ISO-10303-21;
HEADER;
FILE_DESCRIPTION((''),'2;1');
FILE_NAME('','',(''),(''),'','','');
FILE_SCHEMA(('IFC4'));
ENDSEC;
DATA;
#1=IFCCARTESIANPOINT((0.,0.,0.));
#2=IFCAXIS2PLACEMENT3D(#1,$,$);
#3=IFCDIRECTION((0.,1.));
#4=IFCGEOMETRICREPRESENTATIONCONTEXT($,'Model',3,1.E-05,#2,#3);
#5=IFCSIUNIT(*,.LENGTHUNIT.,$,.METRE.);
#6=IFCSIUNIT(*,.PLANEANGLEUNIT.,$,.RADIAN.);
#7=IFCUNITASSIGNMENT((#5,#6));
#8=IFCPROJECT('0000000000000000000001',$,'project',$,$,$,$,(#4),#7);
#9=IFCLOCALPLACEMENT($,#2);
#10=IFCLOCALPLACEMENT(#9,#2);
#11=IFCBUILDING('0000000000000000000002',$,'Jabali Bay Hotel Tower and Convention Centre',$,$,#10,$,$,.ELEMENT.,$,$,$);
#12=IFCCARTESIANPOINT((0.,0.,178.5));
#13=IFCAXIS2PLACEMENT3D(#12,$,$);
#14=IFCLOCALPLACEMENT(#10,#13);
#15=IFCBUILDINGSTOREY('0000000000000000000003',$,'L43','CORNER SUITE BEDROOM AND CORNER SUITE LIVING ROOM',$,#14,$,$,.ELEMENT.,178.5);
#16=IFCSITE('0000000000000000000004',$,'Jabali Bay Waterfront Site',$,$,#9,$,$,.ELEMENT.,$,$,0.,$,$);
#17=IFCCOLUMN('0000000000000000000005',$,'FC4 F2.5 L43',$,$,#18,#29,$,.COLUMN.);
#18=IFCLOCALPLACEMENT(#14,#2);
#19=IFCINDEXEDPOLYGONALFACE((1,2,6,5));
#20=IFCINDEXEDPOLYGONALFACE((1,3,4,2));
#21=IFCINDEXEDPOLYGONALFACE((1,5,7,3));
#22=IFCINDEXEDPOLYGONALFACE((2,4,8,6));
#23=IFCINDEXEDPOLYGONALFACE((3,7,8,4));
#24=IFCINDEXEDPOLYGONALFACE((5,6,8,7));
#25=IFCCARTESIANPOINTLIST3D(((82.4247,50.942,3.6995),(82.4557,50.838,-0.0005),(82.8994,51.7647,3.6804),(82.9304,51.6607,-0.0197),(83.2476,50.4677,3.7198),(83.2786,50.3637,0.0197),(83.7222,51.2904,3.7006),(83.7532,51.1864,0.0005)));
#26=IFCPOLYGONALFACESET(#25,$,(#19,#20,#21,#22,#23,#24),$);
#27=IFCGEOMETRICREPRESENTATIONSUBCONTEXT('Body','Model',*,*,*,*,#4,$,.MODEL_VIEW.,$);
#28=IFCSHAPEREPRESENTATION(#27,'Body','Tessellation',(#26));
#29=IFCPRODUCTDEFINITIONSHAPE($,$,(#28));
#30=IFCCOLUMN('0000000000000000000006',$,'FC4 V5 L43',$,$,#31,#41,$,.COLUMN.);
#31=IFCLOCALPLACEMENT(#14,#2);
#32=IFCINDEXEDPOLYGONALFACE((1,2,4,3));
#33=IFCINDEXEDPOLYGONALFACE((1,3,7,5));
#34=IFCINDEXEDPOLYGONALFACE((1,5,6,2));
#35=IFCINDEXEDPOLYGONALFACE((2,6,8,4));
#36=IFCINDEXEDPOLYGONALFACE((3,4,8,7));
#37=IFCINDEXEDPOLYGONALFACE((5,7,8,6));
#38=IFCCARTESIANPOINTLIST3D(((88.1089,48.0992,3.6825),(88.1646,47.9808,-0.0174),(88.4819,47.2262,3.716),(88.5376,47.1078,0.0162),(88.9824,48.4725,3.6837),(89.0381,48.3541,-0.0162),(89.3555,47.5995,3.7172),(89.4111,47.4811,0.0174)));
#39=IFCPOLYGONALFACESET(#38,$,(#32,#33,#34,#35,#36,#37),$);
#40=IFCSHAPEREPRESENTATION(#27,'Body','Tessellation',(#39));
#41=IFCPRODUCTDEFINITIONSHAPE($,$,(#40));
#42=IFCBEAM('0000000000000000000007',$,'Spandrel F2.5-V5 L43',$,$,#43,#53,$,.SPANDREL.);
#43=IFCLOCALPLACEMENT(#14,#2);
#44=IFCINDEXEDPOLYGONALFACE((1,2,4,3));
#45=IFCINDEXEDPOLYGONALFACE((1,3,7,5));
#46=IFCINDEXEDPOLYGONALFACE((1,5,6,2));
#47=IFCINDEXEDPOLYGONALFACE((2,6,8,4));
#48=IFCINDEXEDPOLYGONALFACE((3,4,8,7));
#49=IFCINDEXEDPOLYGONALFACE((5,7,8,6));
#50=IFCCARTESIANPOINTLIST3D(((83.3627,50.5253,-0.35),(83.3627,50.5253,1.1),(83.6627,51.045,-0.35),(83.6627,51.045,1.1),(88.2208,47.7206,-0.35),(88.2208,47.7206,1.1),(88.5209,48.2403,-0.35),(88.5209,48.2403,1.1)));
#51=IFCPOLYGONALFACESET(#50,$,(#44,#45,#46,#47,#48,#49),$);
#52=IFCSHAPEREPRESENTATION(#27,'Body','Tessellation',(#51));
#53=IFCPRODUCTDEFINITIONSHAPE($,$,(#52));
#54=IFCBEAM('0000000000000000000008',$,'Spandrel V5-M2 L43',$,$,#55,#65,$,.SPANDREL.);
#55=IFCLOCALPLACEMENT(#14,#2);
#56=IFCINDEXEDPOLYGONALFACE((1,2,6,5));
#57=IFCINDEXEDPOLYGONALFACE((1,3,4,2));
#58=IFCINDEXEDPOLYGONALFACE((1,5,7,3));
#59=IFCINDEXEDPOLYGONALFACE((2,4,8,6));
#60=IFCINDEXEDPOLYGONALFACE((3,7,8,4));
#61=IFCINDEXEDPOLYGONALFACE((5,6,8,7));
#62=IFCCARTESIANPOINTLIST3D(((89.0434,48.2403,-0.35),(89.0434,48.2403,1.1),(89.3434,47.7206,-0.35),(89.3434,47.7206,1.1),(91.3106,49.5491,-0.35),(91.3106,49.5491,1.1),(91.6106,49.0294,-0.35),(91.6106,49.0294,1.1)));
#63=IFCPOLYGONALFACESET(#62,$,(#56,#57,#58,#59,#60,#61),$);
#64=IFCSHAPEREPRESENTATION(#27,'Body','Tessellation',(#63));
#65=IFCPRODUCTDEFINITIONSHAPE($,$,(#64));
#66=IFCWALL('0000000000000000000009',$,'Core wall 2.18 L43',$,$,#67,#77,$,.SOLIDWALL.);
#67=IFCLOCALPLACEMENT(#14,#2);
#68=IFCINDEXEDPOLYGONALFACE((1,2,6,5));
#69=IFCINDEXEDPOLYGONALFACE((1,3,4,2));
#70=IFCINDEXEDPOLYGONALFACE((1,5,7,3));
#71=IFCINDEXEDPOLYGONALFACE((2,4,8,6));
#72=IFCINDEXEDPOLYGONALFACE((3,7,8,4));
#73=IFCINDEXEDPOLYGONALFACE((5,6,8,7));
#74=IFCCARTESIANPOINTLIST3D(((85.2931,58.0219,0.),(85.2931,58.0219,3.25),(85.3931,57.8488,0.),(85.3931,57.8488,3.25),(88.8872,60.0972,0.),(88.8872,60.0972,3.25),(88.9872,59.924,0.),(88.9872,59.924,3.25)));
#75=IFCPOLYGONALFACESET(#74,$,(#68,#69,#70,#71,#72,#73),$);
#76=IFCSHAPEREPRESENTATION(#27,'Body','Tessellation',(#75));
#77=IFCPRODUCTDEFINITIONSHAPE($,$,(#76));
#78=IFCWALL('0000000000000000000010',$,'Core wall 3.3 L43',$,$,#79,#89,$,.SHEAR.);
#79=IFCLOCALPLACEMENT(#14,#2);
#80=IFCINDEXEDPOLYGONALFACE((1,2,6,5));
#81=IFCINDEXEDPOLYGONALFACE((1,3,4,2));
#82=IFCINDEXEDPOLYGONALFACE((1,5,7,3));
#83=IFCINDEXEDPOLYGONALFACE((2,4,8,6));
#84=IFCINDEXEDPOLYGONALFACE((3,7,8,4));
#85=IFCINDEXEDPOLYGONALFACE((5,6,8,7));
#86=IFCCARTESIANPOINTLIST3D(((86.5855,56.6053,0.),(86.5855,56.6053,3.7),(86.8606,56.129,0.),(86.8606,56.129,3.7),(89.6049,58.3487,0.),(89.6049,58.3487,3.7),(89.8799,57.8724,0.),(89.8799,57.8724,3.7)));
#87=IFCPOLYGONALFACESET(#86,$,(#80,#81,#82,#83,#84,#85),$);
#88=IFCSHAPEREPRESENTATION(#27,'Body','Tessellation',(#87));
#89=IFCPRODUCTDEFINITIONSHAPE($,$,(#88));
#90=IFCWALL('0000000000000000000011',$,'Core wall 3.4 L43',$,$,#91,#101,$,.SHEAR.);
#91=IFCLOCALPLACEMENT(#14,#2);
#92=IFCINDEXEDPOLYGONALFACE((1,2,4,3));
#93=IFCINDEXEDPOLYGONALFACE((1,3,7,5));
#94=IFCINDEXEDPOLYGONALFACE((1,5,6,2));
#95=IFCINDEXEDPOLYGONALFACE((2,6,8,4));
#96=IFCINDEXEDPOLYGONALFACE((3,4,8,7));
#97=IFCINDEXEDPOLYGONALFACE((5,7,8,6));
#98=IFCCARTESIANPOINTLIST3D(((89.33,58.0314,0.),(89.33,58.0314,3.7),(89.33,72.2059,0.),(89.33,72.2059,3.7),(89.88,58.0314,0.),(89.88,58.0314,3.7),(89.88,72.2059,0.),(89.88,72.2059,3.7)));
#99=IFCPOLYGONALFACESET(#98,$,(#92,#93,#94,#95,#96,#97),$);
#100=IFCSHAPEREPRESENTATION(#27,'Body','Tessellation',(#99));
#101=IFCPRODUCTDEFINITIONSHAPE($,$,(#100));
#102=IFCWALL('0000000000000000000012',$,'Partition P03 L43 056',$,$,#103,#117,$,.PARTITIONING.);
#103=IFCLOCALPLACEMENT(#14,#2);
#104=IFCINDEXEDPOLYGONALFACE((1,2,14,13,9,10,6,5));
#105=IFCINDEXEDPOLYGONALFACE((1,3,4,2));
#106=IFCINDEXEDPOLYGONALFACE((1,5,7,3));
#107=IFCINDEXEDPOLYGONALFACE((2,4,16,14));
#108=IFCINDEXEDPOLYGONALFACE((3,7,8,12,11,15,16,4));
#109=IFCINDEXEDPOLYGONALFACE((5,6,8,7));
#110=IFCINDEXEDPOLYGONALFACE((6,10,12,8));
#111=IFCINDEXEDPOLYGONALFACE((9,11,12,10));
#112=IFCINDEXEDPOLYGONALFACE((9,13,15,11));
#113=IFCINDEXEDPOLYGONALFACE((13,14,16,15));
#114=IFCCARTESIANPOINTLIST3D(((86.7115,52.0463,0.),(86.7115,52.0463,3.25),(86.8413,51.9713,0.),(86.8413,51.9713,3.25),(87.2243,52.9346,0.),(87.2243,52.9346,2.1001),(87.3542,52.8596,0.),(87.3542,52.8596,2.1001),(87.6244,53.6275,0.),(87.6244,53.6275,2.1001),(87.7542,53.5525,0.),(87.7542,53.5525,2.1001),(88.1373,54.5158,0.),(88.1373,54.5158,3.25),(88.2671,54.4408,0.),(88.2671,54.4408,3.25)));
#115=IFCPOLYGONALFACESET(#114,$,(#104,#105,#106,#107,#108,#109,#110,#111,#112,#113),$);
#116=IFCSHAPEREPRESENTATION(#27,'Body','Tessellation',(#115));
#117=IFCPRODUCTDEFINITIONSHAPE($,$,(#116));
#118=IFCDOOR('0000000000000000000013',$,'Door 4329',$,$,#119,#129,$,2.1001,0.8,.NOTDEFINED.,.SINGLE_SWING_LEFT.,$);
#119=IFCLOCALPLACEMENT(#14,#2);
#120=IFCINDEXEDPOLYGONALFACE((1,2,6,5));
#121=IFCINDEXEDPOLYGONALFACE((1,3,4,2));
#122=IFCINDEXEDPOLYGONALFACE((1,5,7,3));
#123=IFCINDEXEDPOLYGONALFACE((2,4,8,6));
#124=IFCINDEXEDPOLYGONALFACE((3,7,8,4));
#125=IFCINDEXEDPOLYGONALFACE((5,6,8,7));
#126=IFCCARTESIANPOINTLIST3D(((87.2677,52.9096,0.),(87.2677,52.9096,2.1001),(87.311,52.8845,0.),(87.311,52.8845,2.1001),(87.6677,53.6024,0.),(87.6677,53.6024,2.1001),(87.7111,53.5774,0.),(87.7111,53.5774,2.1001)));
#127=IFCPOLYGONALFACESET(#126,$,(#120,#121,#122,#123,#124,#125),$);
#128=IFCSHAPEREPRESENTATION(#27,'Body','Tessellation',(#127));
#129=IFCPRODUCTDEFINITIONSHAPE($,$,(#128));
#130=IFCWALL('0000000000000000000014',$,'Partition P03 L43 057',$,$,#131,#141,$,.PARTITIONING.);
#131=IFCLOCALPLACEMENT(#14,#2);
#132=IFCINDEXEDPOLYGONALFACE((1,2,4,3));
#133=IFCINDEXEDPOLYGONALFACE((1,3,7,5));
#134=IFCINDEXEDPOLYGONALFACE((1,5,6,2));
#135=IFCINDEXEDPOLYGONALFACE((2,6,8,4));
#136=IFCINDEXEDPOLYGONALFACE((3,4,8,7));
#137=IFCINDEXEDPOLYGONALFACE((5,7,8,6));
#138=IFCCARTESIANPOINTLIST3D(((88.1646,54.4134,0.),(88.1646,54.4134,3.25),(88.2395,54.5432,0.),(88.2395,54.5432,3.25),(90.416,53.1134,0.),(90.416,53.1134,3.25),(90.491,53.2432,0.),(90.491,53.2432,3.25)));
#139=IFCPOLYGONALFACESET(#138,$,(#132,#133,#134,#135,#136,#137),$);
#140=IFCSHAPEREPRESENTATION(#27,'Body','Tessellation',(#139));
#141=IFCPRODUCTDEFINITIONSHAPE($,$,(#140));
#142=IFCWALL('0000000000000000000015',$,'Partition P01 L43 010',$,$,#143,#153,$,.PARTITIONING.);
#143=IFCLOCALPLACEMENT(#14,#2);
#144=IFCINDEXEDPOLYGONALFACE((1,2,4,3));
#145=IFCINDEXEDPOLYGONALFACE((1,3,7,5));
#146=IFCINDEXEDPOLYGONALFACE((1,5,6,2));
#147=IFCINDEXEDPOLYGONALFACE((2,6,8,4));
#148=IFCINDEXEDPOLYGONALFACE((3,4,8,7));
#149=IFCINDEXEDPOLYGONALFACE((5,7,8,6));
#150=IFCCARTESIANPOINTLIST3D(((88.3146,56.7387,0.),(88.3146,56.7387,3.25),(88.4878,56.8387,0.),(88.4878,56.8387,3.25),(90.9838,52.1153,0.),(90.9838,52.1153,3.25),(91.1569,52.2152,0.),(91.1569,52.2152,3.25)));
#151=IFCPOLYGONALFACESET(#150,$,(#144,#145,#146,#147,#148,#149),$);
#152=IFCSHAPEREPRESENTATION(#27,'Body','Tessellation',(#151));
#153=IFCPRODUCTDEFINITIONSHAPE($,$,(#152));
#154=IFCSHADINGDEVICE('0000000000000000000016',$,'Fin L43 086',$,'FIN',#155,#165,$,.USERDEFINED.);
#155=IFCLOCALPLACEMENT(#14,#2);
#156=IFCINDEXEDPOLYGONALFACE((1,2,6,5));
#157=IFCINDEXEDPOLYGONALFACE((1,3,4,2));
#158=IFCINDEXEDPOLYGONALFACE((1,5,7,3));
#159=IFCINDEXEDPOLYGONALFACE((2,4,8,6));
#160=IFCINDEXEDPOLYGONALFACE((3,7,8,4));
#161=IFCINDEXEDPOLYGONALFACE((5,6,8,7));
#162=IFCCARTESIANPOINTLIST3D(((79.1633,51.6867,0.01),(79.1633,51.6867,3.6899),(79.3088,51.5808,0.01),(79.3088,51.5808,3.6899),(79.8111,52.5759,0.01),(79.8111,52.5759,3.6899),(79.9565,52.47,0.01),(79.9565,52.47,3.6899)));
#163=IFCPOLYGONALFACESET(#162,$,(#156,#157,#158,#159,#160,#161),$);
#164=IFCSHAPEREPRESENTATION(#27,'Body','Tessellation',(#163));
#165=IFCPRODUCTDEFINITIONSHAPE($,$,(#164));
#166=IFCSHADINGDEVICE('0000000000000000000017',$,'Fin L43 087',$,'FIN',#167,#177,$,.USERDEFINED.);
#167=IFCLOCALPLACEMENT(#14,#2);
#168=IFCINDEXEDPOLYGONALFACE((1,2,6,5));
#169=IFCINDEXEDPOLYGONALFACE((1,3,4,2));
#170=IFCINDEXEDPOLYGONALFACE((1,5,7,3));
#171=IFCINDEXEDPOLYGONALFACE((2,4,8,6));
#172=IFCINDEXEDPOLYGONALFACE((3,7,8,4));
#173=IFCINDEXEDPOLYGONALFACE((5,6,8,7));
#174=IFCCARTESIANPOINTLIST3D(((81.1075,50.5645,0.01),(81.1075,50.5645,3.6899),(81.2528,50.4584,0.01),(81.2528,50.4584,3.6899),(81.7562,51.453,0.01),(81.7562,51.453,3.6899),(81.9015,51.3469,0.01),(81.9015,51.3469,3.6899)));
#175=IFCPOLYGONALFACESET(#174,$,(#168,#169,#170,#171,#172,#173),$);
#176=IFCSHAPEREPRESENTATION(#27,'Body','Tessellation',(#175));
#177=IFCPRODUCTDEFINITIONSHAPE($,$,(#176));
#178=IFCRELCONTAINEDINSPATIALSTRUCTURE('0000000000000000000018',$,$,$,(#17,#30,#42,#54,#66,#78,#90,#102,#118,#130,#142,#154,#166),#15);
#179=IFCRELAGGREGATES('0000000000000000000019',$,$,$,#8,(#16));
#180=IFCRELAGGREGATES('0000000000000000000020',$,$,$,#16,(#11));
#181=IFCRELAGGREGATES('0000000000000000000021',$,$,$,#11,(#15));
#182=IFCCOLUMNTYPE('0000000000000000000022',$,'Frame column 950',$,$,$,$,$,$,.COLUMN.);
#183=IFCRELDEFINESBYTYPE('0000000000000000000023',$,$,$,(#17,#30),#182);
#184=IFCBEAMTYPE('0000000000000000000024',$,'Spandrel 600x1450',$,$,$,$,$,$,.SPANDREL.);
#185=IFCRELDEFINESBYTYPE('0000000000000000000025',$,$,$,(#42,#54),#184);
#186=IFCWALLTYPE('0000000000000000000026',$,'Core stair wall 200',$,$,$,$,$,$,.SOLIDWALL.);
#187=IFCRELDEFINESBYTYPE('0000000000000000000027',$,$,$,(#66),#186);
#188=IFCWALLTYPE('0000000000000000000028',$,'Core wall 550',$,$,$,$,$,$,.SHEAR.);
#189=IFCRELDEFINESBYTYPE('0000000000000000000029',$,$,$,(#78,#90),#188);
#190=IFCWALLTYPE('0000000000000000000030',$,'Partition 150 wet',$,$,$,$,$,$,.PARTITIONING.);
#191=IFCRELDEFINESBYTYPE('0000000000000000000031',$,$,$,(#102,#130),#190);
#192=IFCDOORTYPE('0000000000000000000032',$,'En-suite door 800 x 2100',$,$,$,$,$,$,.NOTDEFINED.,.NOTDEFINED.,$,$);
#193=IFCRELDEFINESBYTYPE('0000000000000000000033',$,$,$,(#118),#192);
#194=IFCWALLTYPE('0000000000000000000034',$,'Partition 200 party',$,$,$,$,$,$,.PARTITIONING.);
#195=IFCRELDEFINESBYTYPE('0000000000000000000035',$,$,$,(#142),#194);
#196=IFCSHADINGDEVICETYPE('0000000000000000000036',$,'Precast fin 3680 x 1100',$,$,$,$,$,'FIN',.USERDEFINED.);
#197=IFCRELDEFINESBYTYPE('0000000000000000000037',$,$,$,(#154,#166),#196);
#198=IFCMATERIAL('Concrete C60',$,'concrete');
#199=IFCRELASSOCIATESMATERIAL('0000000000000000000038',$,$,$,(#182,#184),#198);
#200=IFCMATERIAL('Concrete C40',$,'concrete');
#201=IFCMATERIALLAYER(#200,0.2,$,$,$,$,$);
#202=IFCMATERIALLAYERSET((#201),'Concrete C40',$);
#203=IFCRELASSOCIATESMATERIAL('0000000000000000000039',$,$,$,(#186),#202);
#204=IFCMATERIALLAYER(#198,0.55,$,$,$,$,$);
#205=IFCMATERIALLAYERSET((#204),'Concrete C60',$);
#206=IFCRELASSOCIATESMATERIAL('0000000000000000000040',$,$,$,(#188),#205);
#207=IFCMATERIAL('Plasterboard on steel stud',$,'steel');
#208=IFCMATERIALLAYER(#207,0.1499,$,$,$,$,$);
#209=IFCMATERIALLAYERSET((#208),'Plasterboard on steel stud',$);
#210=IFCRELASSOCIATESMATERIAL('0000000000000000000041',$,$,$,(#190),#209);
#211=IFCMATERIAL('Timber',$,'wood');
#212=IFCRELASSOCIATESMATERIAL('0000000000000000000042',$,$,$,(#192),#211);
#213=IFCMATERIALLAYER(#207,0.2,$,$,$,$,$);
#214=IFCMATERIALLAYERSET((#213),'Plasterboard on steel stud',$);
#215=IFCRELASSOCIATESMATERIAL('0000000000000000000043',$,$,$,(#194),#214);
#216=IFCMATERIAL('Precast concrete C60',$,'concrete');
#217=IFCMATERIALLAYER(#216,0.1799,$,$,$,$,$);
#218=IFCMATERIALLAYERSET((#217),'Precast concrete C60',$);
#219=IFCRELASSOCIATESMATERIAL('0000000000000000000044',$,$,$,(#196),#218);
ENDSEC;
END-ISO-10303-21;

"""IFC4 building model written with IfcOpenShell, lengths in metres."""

from ifc_helpers import new_model, si_unit, direction, frame, frame_2d, origin, origin_2d, place, context, subcontext, project, spatial, rectangle, extrude, material, layer, layer_set, material_profile, profile_set, type_object, element, fill, save


model = new_model("IFC4")

# Units and contexts
model_context = context("Model", 3, precision=1e-05, world=origin(), true_north=direction((0.0, 1.0)))
body_context = subcontext(model_context, "Body", "Model", "MODEL_VIEW")
ifc_project = project(units=[si_unit("LENGTHUNIT", "METRE"), si_unit("PLANEANGLEUNIT", "RADIAN")], contexts=[model_context])

# Site, building, storey
site_placement = place(None, origin())
site = spatial("IfcSite", under=ifc_project, at=site_placement, Name="Jabali Bay Waterfront Site", CompositionType="ELEMENT", RefElevation=0.0)
building_placement = place(site_placement, origin())
building = spatial("IfcBuilding", under=site, at=building_placement, Name="Jabali Bay Hotel Tower and Convention Centre", CompositionType="ELEMENT")
storey_placement = place(building_placement, frame((0.0, 0.0, 178.5)))
storey = spatial("IfcBuildingStorey", under=building, at=storey_placement, Name="L43", Description="CORNER SUITE BEDROOM AND CORNER SUITE LIVING ROOM", CompositionType="ELEMENT", Elevation=178.5)

# Columns
ifc_material_1 = material(Name="Concrete C60", Category="concrete")
ifc_material_profile_1 = material_profile(ifc_material_1, rectangle(XDim=0.95, YDim=0.95, at=origin_2d()), Name="Frame column 950")
ifc_profile_set_1 = profile_set([ifc_material_profile_1], Name="Concrete C60")
column_type = type_object("IfcColumnType", Name="Frame column 950", PredefinedType="COLUMN", material=ifc_profile_set_1)
column_1_placement = place(storey_placement, frame((83.1045, 51.0122, 0.0), z_axis=(-0.008376, 0.028097, 0.99957), x_axis=(-0.499676, -0.865978, 0.020155)))
element("IfcColumn", 1, at=column_1_placement, inside=storey, type_object=column_type, Name="FC4 F2.5 L43", PredefinedType="COLUMN", context=body_context, shape_type="SweptSolid", body=[
    extrude(rectangle(XDim=0.95, YDim=0.95, at=origin_2d()), origin(), (0.0, 0.0, 1.0), 3.7017),
])
column_2_placement = place(storey_placement, frame((88.7878, 47.731, 0.0), z_axis=(-0.015035, 0.031983, 0.999375), x_axis=(0.392709, -0.918984, 0.035318)))
element("IfcColumn", 2, at=column_2_placement, inside=storey, type_object=column_type, Name="FC4 V5 L43", PredefinedType="COLUMN", context=body_context, shape_type="SweptSolid", body=[
    extrude(rectangle(XDim=0.95, YDim=0.95, at=origin_2d()), origin(), (0.0, 0.0, 1.0), 3.7021),
])

# Beams
ifc_material_profile_2 = material_profile(ifc_material_1, rectangle(XDim=0.6001, YDim=1.45, at=origin_2d()), Name="Spandrel 600x1450")
ifc_profile_set_2 = profile_set([ifc_material_profile_2], Name="Concrete C60")
beam_type = type_object("IfcBeamType", Name="Spandrel 600x1450", PredefinedType="SPANDREL", material=ifc_profile_set_2)
beam_1_placement = place(storey_placement, frame((83.5127, 50.7852, 0.375), z_axis=(0.866038, -0.499977, 0.0), x_axis=(0.499977, 0.866038, 0.0)))
element("IfcBeam", 3, at=beam_1_placement, inside=storey, type_object=beam_type, Name="Spandrel F2.5-V5 L43", PredefinedType="SPANDREL", context=body_context, shape_type="SweptSolid", body=[
    extrude(rectangle(XDim=0.6001, YDim=1.45, at=origin_2d()), origin(), (0.0, 0.0, 1.0), 5.6096),
])
beam_2_placement = place(storey_placement, frame((89.1934, 47.9805, 0.375), z_axis=(0.86606, 0.49994, 0.0), x_axis=(-0.49994, 0.86606, 0.0)))
element("IfcBeam", 4, at=beam_2_placement, inside=storey, type_object=beam_type, Name="Spandrel V5-M2 L43", PredefinedType="SPANDREL", context=body_context, shape_type="SweptSolid", body=[
    extrude(rectangle(XDim=0.6001, YDim=1.45, at=origin_2d()), origin(), (0.0, 0.0, 1.0), 2.6179),
])

# Walls
ifc_material_2 = material(Name="Concrete C40", Category="concrete")
ifc_layer_1 = layer(ifc_material_2, 0.2)
ifc_layer_set_1 = layer_set([ifc_layer_1], Name="Concrete C40")
wall_type_1 = type_object("IfcWallType", Name="Core stair wall 200", PredefinedType="SOLIDWALL", material=ifc_layer_set_1)
wall_1_placement = place(storey_placement, frame((85.343, 57.9353, 0.0), z_axis=(0.0, 0.0, 1.0), x_axis=(0.866004, 0.500036, 0.0)))
element("IfcWall", 5, at=wall_1_placement, inside=storey, type_object=wall_type_1, Name="Core wall 2.18 L43", PredefinedType="SOLIDWALL", context=body_context, shape_type="SweptSolid", body=[
    extrude(rectangle(XDim=4.1501, YDim=0.2, at=frame_2d((2.0752, 0.0))), origin(), (0.0, 0.0, 1.0), 3.25),
])
ifc_layer_2 = layer(ifc_material_1, 0.55)
ifc_layer_set_2 = layer_set([ifc_layer_2], Name="Concrete C60")
wall_type_2 = type_object("IfcWallType", Name="Core wall 550", PredefinedType="SHEAR", material=ifc_layer_set_2)
wall_2_placement = place(storey_placement, frame((86.7231, 56.3672, 0.0), z_axis=(0.0, 0.0, 1.0), x_axis=(0.865998, 0.500048, 0.0)))
element("IfcWall", 6, at=wall_2_placement, inside=storey, type_object=wall_type_2, Name="Core wall 3.3 L43", PredefinedType="SHEAR", context=body_context, shape_type="SweptSolid", body=[
    extrude(rectangle(XDim=3.4866, YDim=0.55, at=frame_2d((1.7432, 0.0))), origin(), (0.0, 0.0, 1.0), 3.7),
])
wall_3_placement = place(storey_placement, frame((89.605, 58.0312, 0.0), z_axis=(0.0, 0.0, 1.0), x_axis=(0.0, 1.0, 0.0)))
element("IfcWall", 7, at=wall_3_placement, inside=storey, type_object=wall_type_2, Name="Core wall 3.4 L43", PredefinedType="SHEAR", context=body_context, shape_type="SweptSolid", body=[
    extrude(rectangle(XDim=14.1746, YDim=0.55, at=frame_2d((7.0874, 0.0))), origin(), (0.0, 0.0, 1.0), 3.7),
])

# Wall, opening, door
ifc_material_3 = material(Name="Plasterboard on steel stud", Category="steel")
ifc_layer_3 = layer(ifc_material_3, 0.1499)
ifc_layer_set_3 = layer_set([ifc_layer_3], Name="Plasterboard on steel stud")
wall_type_3 = type_object("IfcWallType", Name="Partition 150 wet", PredefinedType="PARTITIONING", material=ifc_layer_set_3)
wall_4_placement = place(storey_placement, frame((86.7764, 52.0088, 0.0), z_axis=(0.0, 0.0, 1.0), x_axis=(0.500007, 0.866022, 0.0)))
wall_4 = element("IfcWall", 8, at=wall_4_placement, inside=storey, type_object=wall_type_3, Name="Partition P03 L43 056", PredefinedType="PARTITIONING", context=body_context, shape_type="SweptSolid", body=[
    extrude(rectangle(XDim=2.8516, YDim=0.1499, at=frame_2d((1.4258, 0.0))), origin(), (0.0, 0.0, 1.0), 3.25),
])
opening_1_placement = place(wall_4_placement, frame((1.0259, 0.0, 0.0)))
opening_1 = element("IfcOpeningElement", 9, at=opening_1_placement, cuts=wall_4, PredefinedType="OPENING", context=body_context, shape_type="SweptSolid", body=[
    extrude(rectangle(XDim=0.8, YDim=2.1001, at=frame_2d((0.3999, 1.05))), frame((0.0, 0.0854, 0.0), z_axis=(0.0, -1.0, 0.0), x_axis=(1.0, 0.0, 0.0)), (0.0, 0.0, 1.0), 0.1709),
])
ifc_material_4 = material(Name="Timber", Category="wood")
door_type_1 = type_object("IfcDoorType", Name="En-suite door 800 x 2100", OperationType="NOTDEFINED", PredefinedType="NOTDEFINED", material=ifc_material_4)
door_1_placement = place(opening_1_placement, origin())
door_1 = element("IfcDoor", 10, at=door_1_placement, inside=storey, type_object=door_type_1, Name="Door 4329", OperationType="SINGLE_SWING_LEFT", OverallHeight=2.1001, OverallWidth=0.8, PredefinedType="NOTDEFINED", context=body_context, shape_type="SweptSolid", body=[
    extrude(rectangle(XDim=0.8, YDim=2.1001, at=frame_2d((0.3999, 1.05))), frame((0.0, 0.0249, 0.0), z_axis=(0.0, -1.0, 0.0), x_axis=(1.0, 0.0, 0.0)), (0.0, 0.0, 1.0), 0.05),
])
fill(opening_1, door_1)

# Walls
wall_5_placement = place(storey_placement, frame((88.2021, 54.4783, 0.0), z_axis=(0.0, 0.0, 1.0), x_axis=(0.865998, -0.500048, 0.0)))
element("IfcWall", 11, at=wall_5_placement, inside=storey, type_object=wall_type_3, Name="Partition P03 L43 057", PredefinedType="PARTITIONING", context=body_context, shape_type="SweptSolid", body=[
    extrude(rectangle(XDim=2.5999, YDim=0.1499, at=frame_2d((1.2998, 0.0))), origin(), (0.0, 0.0, 1.0), 3.25),
])
ifc_layer_4 = layer(ifc_material_3, 0.2)
ifc_layer_set_4 = layer_set([ifc_layer_4], Name="Plasterboard on steel stud")
wall_type_4 = type_object("IfcWallType", Name="Partition 200 party", PredefinedType="PARTITIONING", material=ifc_layer_set_4)
wall_6_placement = place(storey_placement, frame((88.4011, 56.7888, 0.0), z_axis=(0.0, 0.0, 1.0), x_axis=(0.499971, -0.866042, 0.0)))
element("IfcWall", 12, at=wall_6_placement, inside=storey, type_object=wall_type_4, Name="Partition P01 L43 010", PredefinedType="PARTITIONING", context=body_context, shape_type="SweptSolid", body=[
    extrude(rectangle(XDim=5.3386, YDim=0.2, at=frame_2d((2.6694, 0.0))), origin(), (0.0, 0.0, 1.0), 3.25),
])

# Shading devices
ifc_material_5 = material(Name="Precast concrete C60", Category="concrete")
ifc_layer_5 = layer(ifc_material_5, 0.1799)
ifc_layer_set_5 = layer_set([ifc_layer_5], Name="Precast concrete C60")
shading_device_type_1 = type_object("IfcShadingDeviceType", Name="Precast fin 3680 x 1100", ElementType="FIN", PredefinedType="USERDEFINED", material=ifc_layer_set_5)
for number, where, z_axis, x_axis, name in (
    (13, (79.8838, 52.5229, 0.01), (0.0, 0.0, 1.0), (-0.588792, -0.808285, 0.0), "Fin L43 086"),
    (14, (81.8289, 51.3999, 0.01), (0.0, 0.0, 1.0), (-0.589688, -0.807631, 0.0), "Fin L43 087"),
):
    element("IfcShadingDevice", number, at=place(storey_placement, frame(where, z_axis=z_axis, x_axis=x_axis)), inside=storey, type_object=shading_device_type_1, Name=name, ObjectType="FIN", PredefinedType="USERDEFINED", context=body_context, shape_type="SweptSolid", body=[
        extrude(rectangle(XDim=1.1001, YDim=0.1799, at=frame_2d((0.55, 0.0))), origin(), (0.0, 0.0, 1.0), 3.6799),
    ])

save(model, "model.ifc")
